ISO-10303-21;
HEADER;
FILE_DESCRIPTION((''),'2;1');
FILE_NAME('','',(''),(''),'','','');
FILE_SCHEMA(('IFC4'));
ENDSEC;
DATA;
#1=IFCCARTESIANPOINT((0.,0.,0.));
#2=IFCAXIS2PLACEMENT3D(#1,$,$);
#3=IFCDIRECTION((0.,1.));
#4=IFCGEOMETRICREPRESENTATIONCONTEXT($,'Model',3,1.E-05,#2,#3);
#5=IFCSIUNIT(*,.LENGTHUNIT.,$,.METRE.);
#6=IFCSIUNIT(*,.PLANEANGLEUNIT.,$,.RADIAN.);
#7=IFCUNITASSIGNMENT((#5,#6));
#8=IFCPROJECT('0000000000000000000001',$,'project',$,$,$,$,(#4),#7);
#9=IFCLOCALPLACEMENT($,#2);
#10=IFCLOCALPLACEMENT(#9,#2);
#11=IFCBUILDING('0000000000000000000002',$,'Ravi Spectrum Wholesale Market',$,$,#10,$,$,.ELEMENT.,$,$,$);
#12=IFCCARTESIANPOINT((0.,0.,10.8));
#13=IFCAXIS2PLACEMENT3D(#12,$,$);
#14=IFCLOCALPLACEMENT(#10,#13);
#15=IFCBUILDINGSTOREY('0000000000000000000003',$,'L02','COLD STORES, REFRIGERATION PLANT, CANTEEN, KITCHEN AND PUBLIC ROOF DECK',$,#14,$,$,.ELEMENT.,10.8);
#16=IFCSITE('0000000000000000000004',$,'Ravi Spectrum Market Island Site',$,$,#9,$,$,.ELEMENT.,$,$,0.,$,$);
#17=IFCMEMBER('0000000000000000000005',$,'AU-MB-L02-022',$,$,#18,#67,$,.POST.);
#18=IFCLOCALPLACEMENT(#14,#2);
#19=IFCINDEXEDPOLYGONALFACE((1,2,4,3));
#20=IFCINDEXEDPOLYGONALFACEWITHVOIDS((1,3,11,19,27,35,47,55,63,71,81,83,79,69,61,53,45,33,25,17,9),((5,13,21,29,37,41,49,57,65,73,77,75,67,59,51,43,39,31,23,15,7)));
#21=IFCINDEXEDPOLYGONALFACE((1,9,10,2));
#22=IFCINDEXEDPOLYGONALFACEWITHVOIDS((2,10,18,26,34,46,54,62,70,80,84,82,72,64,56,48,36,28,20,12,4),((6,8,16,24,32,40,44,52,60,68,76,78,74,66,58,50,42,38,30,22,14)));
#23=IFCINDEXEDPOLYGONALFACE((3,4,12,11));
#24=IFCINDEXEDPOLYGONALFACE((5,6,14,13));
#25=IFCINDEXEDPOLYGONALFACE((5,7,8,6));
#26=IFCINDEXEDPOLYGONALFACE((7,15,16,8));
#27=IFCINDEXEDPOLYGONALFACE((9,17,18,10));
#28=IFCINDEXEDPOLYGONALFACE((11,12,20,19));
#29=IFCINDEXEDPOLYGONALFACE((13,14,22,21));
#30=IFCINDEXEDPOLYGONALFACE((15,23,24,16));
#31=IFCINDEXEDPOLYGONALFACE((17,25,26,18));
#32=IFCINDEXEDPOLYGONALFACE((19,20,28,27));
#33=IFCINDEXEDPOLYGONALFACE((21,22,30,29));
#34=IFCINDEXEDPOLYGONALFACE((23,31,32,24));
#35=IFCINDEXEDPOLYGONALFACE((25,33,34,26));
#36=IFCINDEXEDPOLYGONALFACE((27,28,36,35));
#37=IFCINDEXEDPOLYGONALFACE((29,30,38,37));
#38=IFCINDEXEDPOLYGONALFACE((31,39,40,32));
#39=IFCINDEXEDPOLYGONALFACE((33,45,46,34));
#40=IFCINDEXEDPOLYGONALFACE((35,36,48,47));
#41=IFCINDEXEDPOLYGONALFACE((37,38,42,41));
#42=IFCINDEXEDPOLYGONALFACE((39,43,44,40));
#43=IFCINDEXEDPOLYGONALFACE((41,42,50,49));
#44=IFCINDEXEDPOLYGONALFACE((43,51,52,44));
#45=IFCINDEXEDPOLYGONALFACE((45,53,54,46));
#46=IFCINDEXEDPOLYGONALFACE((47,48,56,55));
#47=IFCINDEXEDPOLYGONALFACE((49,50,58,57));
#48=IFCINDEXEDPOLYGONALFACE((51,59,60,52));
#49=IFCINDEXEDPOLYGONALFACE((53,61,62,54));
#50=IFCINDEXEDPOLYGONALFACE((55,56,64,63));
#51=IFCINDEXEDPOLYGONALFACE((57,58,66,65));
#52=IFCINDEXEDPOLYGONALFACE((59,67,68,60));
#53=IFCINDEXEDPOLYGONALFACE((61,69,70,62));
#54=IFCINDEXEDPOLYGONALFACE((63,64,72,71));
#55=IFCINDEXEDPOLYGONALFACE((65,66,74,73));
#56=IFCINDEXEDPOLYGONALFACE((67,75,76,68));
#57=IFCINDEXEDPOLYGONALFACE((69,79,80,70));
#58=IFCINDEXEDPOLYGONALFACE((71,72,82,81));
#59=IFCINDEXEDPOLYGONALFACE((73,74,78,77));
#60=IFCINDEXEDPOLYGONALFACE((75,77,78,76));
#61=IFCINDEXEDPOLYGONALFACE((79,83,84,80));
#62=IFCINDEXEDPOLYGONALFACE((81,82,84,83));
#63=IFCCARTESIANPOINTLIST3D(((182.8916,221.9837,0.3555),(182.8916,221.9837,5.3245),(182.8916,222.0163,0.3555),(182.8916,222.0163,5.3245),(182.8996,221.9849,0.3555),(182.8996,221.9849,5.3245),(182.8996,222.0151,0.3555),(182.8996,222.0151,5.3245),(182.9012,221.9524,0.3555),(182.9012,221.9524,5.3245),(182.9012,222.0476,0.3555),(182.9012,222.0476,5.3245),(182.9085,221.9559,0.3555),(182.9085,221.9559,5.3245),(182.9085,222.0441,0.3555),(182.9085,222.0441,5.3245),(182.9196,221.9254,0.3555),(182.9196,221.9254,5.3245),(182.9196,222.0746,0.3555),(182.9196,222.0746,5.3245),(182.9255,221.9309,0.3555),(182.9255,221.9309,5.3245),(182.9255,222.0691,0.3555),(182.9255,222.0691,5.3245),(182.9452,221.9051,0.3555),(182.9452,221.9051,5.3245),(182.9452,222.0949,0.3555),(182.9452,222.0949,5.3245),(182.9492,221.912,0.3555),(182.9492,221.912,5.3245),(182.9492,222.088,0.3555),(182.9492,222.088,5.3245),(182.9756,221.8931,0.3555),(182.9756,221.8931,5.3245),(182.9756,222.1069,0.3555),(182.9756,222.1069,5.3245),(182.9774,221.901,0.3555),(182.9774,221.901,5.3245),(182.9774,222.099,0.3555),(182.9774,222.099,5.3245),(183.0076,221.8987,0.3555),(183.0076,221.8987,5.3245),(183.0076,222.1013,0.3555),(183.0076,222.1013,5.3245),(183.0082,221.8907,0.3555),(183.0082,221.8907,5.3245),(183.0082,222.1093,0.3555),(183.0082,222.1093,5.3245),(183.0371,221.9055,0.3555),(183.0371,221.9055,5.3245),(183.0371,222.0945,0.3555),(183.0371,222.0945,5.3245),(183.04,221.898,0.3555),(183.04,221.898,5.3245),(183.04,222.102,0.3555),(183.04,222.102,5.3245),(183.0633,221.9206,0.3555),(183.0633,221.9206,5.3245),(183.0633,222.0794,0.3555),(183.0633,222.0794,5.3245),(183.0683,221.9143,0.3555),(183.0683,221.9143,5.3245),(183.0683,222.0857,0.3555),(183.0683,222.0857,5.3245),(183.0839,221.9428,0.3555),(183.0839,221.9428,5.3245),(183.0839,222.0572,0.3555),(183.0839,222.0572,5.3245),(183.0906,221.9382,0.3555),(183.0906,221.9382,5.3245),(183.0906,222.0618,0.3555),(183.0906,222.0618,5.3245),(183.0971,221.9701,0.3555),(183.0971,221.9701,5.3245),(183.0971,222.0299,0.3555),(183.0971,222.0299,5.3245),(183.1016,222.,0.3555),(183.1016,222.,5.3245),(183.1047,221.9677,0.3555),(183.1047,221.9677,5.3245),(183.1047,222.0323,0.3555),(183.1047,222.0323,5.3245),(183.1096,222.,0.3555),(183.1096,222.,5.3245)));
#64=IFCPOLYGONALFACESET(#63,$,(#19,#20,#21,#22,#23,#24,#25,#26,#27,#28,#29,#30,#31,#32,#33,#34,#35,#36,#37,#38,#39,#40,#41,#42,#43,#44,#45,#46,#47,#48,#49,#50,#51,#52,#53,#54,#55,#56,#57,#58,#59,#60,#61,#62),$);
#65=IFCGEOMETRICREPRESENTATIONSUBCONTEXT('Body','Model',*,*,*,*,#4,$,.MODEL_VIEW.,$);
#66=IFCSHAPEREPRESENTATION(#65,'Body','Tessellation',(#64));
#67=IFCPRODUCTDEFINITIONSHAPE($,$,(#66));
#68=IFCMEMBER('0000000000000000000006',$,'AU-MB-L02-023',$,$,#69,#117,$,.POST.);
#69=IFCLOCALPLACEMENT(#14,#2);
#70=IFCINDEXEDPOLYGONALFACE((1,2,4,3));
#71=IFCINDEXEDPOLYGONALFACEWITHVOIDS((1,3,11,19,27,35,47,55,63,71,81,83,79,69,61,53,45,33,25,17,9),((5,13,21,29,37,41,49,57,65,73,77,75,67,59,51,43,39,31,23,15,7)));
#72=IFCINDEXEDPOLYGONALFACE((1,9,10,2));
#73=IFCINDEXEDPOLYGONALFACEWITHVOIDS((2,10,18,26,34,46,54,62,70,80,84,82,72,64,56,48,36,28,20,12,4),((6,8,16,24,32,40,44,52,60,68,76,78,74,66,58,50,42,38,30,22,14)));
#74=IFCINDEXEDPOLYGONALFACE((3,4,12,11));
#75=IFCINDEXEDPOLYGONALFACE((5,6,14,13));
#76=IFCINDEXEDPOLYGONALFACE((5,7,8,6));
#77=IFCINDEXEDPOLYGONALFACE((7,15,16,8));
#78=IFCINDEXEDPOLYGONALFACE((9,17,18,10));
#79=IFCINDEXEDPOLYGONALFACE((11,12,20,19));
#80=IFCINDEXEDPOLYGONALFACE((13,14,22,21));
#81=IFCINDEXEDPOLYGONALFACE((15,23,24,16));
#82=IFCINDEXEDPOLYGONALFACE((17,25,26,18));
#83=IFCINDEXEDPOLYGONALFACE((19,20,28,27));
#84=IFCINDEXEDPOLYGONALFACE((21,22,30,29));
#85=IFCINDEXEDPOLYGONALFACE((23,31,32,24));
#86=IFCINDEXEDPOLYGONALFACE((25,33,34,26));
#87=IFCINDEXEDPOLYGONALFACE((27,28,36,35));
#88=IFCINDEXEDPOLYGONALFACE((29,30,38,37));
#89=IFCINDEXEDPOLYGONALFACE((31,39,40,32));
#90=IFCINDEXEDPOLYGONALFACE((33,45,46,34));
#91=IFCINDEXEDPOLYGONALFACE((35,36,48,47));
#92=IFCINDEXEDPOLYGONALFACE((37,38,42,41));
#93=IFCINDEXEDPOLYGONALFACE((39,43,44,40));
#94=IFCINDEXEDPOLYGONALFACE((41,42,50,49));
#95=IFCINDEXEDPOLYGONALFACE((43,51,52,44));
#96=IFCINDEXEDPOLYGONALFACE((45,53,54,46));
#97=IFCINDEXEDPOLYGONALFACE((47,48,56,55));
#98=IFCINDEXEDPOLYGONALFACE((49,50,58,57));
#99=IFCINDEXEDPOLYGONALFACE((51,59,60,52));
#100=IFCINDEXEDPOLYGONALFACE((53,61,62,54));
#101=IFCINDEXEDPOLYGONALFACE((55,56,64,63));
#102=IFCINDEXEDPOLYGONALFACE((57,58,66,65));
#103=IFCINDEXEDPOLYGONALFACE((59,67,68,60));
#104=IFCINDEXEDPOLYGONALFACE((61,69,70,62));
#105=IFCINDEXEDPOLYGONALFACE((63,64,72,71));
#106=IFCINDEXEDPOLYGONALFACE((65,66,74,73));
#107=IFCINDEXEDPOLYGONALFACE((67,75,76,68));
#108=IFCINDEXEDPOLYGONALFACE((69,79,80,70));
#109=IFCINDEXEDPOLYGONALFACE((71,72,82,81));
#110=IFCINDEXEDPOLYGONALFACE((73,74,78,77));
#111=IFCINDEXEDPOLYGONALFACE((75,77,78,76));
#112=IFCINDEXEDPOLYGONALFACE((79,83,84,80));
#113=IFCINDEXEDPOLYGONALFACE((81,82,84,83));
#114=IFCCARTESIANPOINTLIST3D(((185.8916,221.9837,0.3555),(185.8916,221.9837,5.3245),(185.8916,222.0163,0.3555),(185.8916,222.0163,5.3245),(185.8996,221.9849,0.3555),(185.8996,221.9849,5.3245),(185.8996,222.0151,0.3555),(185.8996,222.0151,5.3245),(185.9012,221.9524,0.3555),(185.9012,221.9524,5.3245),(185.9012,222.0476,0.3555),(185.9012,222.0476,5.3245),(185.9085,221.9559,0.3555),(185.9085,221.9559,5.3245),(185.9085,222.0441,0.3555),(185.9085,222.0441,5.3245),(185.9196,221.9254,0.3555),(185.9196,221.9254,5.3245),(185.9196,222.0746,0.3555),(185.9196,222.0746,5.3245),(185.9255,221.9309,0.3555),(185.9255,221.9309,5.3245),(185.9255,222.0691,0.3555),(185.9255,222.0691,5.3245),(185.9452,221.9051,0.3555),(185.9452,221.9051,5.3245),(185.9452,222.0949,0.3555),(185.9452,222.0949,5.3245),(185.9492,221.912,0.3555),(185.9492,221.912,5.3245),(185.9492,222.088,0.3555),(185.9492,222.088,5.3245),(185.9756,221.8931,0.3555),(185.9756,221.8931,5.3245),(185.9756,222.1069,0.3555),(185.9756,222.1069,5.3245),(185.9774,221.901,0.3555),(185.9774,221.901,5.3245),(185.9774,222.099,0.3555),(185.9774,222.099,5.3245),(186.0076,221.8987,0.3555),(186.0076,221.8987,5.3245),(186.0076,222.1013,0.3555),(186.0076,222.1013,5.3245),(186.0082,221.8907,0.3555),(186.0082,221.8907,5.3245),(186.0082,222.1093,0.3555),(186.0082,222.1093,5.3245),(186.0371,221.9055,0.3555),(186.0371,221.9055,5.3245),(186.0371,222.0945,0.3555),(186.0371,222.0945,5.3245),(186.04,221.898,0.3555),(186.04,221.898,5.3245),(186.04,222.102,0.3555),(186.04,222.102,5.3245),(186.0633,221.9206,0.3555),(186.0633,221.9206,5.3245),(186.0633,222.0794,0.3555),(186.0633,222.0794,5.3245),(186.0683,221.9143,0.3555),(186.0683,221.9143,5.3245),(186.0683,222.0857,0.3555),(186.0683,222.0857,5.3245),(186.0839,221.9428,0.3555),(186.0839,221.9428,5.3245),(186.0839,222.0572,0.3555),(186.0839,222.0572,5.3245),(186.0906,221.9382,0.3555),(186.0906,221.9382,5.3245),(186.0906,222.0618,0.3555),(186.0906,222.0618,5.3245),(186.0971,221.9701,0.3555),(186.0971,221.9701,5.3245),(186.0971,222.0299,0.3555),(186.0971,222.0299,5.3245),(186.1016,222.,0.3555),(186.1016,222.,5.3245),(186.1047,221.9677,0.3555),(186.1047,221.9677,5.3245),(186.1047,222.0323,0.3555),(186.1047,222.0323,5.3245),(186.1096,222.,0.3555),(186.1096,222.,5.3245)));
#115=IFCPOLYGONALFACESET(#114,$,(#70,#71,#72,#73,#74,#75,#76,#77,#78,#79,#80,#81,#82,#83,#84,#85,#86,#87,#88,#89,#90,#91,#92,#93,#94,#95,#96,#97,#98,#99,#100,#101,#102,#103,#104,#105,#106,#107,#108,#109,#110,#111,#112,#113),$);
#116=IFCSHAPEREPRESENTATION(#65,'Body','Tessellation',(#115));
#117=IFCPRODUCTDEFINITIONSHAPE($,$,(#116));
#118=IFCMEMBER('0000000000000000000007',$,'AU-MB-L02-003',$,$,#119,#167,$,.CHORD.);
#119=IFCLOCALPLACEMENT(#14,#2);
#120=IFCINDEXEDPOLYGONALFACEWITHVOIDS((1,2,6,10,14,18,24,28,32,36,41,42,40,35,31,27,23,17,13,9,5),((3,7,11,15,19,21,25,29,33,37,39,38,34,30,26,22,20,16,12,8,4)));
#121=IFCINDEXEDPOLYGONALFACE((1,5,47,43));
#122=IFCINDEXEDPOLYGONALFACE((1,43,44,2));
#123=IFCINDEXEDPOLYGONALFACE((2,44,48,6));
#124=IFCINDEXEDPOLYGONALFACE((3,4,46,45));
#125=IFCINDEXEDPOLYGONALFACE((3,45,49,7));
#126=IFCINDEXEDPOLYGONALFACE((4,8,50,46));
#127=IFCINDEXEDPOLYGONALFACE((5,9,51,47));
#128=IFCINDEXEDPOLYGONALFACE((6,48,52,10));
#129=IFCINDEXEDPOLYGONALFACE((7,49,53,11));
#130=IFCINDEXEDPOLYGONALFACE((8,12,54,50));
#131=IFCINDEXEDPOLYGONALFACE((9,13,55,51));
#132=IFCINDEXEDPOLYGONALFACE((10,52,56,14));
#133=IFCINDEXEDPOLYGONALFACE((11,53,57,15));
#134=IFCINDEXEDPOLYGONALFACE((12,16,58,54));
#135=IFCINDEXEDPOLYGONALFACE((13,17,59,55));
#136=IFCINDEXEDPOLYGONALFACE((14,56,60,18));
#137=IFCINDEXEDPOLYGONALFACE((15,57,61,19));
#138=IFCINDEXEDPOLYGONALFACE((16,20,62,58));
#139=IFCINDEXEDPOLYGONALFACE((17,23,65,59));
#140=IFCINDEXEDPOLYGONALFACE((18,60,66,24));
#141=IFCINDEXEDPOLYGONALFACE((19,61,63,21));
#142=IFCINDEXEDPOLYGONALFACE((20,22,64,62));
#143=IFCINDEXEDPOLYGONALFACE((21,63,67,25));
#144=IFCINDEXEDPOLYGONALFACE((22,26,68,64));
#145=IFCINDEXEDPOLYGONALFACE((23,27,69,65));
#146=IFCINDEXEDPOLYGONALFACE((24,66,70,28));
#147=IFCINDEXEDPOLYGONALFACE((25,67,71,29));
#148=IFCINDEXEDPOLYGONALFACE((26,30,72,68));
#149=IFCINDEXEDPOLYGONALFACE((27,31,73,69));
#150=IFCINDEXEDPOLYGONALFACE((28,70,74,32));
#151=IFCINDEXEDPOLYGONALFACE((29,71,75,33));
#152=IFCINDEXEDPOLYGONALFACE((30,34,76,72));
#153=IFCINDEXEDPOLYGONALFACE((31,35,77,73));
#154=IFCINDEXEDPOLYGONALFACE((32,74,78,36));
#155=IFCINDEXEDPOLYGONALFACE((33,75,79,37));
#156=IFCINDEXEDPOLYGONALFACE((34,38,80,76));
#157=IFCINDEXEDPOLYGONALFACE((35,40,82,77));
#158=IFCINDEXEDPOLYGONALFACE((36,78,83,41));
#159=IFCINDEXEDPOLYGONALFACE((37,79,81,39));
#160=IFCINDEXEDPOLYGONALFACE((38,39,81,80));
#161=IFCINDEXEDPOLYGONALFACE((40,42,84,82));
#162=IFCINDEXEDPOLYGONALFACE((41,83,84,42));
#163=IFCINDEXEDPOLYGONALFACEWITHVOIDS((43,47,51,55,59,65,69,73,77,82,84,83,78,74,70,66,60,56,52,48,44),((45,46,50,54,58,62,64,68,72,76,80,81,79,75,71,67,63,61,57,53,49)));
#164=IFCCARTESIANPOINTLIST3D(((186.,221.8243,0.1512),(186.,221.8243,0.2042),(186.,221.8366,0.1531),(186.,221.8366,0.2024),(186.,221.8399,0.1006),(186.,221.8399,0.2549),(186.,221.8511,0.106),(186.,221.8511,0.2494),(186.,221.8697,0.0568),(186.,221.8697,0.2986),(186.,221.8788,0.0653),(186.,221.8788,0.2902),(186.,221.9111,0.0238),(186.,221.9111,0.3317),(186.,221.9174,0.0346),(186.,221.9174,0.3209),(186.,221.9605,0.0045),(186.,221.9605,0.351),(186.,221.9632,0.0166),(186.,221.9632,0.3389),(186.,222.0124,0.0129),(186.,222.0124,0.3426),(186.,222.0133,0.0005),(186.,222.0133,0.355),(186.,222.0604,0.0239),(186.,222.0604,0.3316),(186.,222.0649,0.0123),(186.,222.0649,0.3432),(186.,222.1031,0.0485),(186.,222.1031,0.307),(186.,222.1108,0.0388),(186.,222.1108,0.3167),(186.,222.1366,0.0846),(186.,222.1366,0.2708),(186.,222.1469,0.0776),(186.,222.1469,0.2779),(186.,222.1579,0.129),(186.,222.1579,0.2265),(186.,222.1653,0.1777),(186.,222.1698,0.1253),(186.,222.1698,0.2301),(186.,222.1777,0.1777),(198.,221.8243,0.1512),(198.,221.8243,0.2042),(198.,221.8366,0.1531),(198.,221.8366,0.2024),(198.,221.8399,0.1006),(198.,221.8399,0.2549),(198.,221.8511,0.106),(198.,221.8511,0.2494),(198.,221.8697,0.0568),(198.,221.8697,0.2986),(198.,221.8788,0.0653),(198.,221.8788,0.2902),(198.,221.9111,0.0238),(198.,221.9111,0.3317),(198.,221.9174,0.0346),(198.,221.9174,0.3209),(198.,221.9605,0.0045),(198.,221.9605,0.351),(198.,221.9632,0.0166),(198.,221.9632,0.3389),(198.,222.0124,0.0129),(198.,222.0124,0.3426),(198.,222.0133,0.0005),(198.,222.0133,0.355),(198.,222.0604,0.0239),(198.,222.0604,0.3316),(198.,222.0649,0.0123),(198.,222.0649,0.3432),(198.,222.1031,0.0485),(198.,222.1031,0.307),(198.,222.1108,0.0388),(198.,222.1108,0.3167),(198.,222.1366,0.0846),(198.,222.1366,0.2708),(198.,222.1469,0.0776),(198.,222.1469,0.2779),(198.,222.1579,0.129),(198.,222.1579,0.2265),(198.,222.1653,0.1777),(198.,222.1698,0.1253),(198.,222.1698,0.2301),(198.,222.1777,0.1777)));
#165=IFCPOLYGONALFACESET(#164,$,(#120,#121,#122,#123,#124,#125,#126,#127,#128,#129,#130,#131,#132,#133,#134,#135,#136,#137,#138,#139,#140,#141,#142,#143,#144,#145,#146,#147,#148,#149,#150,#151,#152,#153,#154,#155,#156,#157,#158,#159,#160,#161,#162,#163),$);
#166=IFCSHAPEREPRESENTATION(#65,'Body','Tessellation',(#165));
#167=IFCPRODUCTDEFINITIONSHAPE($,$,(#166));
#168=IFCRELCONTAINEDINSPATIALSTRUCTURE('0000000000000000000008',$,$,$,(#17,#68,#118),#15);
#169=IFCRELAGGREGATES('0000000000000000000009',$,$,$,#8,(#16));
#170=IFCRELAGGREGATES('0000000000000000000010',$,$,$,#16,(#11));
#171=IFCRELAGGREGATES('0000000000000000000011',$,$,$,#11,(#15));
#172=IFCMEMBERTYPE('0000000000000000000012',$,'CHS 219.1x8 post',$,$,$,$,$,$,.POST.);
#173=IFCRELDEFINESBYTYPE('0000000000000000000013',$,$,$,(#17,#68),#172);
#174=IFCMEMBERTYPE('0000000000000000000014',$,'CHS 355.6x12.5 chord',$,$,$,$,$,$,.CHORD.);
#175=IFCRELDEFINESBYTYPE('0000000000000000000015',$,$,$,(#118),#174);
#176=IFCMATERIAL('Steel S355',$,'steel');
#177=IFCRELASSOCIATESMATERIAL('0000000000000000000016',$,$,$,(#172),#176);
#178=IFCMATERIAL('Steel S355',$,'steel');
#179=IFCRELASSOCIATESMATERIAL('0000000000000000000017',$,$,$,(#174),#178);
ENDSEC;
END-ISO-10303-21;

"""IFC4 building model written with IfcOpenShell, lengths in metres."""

from ifc_helpers import new_model, si_unit, direction, frame, origin, origin_2d, place, context, subcontext, project, spatial, hollow_circle, extrude, material, material_profile, profile_set, type_object, element, save


model = new_model("IFC4")

# Units and contexts
model_context = context("Model", 3, precision=1e-05, world=origin(), true_north=direction((0.0, 1.0)))
body_context = subcontext(model_context, "Body", "Model", "MODEL_VIEW")
ifc_project = project(units=[si_unit("LENGTHUNIT", "METRE"), si_unit("PLANEANGLEUNIT", "RADIAN")], contexts=[model_context])

# Site, building, storey
site_placement = place(None, origin())
site = spatial("IfcSite", under=ifc_project, at=site_placement, Name="Ravi Spectrum Market Island Site", CompositionType="ELEMENT", RefElevation=0.0)
building_placement = place(site_placement, origin())
building = spatial("IfcBuilding", under=site, at=building_placement, Name="Ravi Spectrum Wholesale Market", CompositionType="ELEMENT")
storey_placement = place(building_placement, frame((0.0, 0.0, 10.8)))
storey = spatial("IfcBuildingStorey", under=building, at=storey_placement, Name="L02", Description="COLD STORES, REFRIGERATION PLANT, CANTEEN, KITCHEN AND PUBLIC ROOF DECK", CompositionType="ELEMENT", Elevation=10.8)

# Members
ifc_material_1 = material(Name="Steel S355", Category="steel")
ifc_material_profile_1 = material_profile(ifc_material_1, hollow_circle(Radius=0.1096, WallThickness=0.0081, at=origin_2d()))
ifc_profile_set_1 = profile_set([ifc_material_profile_1], Name="Steel S355")
member_type_1 = type_object("IfcMemberType", Name="CHS 219.1x8 post", PredefinedType="POST", material=ifc_profile_set_1)
for number, where, z_axis, x_axis, name in (
    (1, (183.0, 222.0, 0.3555), (0.0, 0.0, 1.0), (1.0, 0.0, 0.0), "AU-MB-L02-022"),
    (2, (186.0, 222.0, 0.3555), (0.0, 0.0, 1.0), (1.0, 0.0, 0.0), "AU-MB-L02-023"),
):
    element("IfcMember", number, at=place(storey_placement, frame(where, z_axis=z_axis, x_axis=x_axis)), inside=storey, type_object=member_type_1, Name=name, PredefinedType="POST", context=body_context, shape_type="SweptSolid", body=[
        extrude(hollow_circle(Radius=0.1096, WallThickness=0.0081, at=origin_2d()), origin(), (0.0, 0.0, 1.0), 4.969),
    ])
ifc_material_2 = material(Name="Steel S355", Category="steel")
ifc_material_profile_2 = material_profile(ifc_material_2, hollow_circle(Radius=0.1777, WallThickness=0.0125, at=origin_2d()))
ifc_profile_set_2 = profile_set([ifc_material_profile_2], Name="Steel S355")
member_type_2 = type_object("IfcMemberType", Name="CHS 355.6x12.5 chord", PredefinedType="CHORD", material=ifc_profile_set_2)
member_1_placement = place(storey_placement, frame((186.0, 222.0, 0.1777), z_axis=(1.0, 0.0, 0.0), x_axis=(0.0, 1.0, 0.0)))
element("IfcMember", 3, at=member_1_placement, inside=storey, type_object=member_type_2, Name="AU-MB-L02-003", PredefinedType="CHORD", context=body_context, shape_type="SweptSolid", body=[
    extrude(hollow_circle(Radius=0.1777, WallThickness=0.0125, at=origin_2d()), origin(), (0.0, 0.0, 1.0), 12.0),
])

save(model, "model.ifc")
